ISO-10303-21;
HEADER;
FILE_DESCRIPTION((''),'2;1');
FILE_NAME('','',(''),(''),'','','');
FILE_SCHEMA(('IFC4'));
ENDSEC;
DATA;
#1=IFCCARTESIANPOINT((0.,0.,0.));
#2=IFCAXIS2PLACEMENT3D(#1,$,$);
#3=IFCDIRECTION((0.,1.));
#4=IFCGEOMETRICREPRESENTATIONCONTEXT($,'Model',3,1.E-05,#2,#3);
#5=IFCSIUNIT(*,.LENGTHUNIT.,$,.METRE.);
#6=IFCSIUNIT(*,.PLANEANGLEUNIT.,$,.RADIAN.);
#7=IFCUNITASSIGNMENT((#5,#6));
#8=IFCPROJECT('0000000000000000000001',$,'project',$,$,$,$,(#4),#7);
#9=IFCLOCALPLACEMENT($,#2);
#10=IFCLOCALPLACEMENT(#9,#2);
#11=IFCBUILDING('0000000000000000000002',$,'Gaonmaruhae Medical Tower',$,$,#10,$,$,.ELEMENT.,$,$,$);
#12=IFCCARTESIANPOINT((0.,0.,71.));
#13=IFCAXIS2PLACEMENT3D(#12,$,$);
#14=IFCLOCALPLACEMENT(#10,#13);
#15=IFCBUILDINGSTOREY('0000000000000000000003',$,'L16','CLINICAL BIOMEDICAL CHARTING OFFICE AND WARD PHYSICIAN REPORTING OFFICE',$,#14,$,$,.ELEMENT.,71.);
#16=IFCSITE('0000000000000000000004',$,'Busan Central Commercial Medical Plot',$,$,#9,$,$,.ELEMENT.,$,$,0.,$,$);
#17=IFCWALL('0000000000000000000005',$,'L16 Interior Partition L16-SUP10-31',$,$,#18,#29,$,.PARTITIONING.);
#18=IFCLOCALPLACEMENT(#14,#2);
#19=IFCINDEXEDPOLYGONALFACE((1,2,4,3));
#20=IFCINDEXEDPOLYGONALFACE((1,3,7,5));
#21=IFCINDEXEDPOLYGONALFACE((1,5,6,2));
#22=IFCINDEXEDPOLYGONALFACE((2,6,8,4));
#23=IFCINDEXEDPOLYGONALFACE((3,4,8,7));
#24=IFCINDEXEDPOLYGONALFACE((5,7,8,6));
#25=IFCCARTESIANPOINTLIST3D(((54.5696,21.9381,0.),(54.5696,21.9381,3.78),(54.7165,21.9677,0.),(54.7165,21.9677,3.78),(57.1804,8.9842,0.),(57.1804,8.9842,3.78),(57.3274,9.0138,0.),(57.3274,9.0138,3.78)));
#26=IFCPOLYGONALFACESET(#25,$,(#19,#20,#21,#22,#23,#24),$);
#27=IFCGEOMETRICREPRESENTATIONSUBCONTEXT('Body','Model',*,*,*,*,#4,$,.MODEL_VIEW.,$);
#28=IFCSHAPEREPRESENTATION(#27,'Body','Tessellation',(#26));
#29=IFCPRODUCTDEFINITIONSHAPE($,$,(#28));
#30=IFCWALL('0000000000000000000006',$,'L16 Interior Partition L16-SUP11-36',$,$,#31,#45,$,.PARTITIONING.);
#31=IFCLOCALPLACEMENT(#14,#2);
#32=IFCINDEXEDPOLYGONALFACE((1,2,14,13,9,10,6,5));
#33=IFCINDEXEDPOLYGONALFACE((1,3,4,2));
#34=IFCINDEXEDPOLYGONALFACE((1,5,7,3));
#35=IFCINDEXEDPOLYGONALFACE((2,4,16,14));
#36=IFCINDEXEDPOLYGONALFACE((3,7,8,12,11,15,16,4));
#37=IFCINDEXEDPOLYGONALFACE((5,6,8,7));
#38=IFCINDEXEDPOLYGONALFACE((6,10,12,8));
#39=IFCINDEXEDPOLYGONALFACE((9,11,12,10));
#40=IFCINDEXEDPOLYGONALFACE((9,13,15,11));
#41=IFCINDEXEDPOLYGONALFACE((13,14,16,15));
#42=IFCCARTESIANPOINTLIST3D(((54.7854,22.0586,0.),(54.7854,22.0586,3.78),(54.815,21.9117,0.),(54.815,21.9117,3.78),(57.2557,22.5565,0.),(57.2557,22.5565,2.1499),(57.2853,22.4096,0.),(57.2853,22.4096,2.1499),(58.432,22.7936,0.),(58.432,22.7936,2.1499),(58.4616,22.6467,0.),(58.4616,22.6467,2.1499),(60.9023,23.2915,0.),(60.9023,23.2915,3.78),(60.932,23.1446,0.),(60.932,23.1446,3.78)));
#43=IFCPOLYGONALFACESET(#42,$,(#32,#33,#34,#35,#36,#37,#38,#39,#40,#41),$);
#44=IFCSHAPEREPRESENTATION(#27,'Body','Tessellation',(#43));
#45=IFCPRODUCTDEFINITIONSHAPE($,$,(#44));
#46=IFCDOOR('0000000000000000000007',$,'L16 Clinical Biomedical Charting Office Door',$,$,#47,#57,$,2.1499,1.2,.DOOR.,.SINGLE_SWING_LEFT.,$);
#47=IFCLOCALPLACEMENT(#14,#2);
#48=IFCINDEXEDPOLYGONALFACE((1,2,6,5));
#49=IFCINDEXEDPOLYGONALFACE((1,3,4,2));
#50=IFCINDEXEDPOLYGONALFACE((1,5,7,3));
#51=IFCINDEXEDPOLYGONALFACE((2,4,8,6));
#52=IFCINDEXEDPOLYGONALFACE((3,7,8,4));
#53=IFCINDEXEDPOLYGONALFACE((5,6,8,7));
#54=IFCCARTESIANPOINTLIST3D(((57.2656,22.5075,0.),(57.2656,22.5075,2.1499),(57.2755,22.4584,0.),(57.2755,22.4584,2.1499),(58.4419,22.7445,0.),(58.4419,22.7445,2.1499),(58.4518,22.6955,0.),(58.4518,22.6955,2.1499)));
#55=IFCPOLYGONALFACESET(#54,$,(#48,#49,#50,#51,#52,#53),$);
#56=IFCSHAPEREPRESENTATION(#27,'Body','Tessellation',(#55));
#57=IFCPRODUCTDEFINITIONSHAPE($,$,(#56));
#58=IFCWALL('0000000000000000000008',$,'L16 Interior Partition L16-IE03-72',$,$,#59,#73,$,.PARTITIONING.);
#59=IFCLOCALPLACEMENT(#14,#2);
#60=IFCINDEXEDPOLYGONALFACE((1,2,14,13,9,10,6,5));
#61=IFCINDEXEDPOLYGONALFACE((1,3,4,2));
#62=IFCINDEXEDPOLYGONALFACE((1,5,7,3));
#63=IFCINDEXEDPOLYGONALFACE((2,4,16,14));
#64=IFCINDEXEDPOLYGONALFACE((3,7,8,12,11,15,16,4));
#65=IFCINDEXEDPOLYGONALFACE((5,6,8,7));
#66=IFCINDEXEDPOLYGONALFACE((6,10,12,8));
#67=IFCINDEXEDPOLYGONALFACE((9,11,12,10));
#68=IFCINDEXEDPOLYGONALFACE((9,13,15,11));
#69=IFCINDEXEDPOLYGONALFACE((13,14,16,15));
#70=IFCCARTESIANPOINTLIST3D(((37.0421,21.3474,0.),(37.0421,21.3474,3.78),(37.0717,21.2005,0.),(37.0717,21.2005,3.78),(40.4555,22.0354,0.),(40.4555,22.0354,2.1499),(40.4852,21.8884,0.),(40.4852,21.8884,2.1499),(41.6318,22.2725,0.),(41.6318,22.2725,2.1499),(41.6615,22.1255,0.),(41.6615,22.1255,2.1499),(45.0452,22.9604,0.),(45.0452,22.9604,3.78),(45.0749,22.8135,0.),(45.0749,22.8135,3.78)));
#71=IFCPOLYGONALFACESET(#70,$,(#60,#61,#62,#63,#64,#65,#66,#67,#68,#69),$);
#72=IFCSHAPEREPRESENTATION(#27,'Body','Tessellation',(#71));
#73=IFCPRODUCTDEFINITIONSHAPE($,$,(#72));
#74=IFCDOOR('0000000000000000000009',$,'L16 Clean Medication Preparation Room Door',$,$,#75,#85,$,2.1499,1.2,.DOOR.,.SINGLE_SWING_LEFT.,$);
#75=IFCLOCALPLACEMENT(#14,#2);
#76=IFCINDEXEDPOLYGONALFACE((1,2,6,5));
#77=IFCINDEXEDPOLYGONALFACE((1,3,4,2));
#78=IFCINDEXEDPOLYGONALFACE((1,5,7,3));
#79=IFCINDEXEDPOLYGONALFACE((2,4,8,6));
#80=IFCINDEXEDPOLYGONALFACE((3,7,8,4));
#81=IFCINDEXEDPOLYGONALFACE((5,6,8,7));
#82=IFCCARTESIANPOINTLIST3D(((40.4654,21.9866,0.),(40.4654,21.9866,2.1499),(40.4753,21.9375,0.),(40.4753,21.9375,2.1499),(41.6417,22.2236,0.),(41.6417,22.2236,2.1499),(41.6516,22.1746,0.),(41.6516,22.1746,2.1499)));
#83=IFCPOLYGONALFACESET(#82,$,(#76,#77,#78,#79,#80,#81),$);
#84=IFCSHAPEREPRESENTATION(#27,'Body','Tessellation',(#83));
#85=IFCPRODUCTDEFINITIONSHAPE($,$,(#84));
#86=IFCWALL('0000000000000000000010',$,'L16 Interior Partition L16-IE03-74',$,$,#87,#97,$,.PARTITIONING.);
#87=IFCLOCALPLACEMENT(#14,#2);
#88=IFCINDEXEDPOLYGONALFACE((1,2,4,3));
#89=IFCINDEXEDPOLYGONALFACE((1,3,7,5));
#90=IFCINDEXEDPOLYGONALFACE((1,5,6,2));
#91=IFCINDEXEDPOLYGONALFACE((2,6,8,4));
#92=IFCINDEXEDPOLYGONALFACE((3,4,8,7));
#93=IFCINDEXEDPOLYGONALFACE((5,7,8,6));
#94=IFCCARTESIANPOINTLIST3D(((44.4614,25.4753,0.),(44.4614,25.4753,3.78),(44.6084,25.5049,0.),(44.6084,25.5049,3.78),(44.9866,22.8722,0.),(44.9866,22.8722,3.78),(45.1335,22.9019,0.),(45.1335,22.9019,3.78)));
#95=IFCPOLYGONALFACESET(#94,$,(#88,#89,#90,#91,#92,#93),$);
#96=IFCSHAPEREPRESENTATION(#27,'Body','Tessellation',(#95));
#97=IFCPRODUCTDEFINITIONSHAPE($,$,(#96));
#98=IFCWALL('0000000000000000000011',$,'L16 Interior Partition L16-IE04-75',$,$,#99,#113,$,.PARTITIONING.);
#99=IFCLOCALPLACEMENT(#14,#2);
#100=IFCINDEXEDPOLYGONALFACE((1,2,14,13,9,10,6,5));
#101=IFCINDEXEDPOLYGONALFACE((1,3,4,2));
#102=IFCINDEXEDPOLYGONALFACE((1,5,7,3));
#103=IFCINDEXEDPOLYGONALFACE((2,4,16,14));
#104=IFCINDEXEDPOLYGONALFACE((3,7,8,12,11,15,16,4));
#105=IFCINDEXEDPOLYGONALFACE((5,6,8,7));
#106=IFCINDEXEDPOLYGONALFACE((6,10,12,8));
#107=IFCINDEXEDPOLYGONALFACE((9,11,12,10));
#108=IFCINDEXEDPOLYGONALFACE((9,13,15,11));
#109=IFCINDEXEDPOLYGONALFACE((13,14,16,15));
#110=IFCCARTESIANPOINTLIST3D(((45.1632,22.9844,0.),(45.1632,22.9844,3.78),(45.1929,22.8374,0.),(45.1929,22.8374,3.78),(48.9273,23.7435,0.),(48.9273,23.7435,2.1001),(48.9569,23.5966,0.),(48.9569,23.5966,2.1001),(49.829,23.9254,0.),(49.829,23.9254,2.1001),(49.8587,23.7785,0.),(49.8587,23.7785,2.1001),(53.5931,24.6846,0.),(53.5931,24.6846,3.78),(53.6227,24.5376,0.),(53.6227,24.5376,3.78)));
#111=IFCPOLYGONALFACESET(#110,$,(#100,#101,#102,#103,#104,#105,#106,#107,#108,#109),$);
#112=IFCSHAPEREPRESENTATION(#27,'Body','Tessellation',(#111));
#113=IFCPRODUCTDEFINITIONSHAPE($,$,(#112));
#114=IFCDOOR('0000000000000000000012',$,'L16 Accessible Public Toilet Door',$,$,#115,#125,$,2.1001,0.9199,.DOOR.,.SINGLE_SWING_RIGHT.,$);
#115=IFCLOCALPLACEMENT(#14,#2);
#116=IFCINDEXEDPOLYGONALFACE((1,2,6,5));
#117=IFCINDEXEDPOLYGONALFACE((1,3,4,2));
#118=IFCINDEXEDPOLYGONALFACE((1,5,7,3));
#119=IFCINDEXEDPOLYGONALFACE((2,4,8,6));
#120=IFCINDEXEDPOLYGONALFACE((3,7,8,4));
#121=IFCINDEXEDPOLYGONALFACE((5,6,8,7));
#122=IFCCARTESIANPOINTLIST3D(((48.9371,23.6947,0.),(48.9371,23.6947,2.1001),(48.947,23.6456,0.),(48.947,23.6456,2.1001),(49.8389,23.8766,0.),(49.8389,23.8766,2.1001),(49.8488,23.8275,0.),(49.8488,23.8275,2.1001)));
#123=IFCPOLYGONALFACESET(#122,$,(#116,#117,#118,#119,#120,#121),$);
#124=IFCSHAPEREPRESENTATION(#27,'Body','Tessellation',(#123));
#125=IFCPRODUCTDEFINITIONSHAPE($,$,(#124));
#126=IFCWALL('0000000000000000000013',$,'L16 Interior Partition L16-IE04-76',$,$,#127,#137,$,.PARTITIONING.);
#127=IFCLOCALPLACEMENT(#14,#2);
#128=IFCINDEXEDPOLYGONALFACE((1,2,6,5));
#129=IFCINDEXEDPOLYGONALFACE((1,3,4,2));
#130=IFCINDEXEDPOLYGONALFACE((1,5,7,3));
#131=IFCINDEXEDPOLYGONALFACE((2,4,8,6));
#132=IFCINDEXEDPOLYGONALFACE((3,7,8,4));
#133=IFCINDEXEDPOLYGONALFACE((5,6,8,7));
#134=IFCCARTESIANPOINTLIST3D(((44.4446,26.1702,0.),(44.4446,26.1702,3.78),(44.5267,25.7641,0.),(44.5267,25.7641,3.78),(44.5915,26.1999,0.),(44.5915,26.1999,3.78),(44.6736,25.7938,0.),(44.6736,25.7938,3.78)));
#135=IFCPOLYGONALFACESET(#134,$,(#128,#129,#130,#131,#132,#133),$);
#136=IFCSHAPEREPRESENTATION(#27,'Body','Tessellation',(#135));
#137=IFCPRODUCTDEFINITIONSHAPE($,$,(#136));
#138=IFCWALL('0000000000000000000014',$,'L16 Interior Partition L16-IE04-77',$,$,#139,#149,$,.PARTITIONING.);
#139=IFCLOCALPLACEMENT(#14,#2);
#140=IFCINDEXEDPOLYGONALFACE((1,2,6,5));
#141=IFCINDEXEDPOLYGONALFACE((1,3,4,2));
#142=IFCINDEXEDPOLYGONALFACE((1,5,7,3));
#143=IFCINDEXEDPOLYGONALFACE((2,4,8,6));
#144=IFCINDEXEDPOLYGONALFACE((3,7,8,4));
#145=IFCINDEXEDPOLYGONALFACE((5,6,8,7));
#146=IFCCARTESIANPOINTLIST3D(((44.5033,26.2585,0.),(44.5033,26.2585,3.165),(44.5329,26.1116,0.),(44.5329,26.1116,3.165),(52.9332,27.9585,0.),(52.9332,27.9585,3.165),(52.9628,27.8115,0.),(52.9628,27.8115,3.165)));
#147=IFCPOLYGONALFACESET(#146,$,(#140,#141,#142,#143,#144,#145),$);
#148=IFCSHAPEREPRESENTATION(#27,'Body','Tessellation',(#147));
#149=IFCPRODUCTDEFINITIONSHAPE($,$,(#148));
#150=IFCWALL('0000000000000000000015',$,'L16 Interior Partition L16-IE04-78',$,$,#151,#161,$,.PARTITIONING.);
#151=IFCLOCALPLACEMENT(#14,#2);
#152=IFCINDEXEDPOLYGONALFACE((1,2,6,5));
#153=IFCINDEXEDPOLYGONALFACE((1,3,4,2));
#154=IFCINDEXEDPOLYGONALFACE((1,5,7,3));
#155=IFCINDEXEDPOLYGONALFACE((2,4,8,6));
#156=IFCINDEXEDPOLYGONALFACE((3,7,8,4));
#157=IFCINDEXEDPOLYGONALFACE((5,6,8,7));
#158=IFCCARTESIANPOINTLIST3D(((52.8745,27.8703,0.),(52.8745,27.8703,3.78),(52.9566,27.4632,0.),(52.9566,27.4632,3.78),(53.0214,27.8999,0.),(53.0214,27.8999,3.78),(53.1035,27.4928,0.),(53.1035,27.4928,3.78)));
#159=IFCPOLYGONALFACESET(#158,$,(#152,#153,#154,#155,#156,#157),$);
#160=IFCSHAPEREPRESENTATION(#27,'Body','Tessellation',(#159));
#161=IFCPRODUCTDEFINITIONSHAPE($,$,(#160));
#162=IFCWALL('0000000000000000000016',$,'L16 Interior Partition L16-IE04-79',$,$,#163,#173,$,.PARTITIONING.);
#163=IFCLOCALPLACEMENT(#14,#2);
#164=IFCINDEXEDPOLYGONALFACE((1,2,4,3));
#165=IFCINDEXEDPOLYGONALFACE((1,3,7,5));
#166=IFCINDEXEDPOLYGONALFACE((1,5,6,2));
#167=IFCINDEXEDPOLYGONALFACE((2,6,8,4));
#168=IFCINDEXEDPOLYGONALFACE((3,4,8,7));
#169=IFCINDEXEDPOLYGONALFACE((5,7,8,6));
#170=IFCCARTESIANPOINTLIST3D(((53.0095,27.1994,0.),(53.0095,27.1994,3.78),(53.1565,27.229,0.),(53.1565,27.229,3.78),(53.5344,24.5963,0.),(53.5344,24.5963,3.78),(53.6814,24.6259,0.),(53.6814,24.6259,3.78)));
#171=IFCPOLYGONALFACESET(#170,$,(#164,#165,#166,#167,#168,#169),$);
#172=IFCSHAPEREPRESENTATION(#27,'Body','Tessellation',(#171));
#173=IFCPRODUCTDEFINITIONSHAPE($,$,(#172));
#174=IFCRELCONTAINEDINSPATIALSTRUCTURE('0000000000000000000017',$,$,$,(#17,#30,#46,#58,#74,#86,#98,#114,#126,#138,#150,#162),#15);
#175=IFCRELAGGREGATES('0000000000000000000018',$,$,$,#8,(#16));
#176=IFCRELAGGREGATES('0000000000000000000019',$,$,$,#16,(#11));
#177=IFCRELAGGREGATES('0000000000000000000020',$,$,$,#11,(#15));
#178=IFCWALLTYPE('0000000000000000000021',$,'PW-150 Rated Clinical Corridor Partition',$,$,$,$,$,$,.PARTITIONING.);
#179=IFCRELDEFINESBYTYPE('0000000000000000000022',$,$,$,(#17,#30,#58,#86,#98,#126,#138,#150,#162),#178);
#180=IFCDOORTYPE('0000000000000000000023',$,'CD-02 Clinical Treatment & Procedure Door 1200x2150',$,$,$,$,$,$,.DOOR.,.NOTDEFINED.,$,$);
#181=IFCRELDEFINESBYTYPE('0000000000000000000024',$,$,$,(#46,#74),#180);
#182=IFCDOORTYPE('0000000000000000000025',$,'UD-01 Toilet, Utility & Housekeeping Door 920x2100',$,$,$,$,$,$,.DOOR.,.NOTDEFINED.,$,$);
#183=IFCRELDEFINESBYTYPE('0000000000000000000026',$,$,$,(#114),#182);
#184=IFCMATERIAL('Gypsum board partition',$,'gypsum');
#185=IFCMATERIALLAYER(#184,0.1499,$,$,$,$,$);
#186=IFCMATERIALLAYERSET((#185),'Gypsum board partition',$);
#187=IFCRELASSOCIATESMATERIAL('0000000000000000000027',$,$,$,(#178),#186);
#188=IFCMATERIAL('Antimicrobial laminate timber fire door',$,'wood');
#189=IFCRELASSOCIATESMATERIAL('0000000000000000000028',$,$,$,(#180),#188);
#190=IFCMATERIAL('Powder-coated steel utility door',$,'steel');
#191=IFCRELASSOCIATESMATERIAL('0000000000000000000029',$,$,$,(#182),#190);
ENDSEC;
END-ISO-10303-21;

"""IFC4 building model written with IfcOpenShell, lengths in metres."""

from ifc_helpers import new_model, si_unit, direction, frame, frame_2d, origin, place, context, subcontext, project, spatial, rectangle, extrude, material, layer, layer_set, type_object, element, fill, save


model = new_model("IFC4")

# Units and contexts
model_context = context("Model", 3, precision=1e-05, world=origin(), true_north=direction((0.0, 1.0)))
body_context = subcontext(model_context, "Body", "Model", "MODEL_VIEW")
ifc_project = project(units=[si_unit("LENGTHUNIT", "METRE"), si_unit("PLANEANGLEUNIT", "RADIAN")], contexts=[model_context])

# Site, building, storey
site_placement = place(None, origin())
site = spatial("IfcSite", under=ifc_project, at=site_placement, Name="Busan Central Commercial Medical Plot", CompositionType="ELEMENT", RefElevation=0.0)
building_placement = place(site_placement, origin())
building = spatial("IfcBuilding", under=site, at=building_placement, Name="Gaonmaruhae Medical Tower", CompositionType="ELEMENT")
storey_placement = place(building_placement, frame((0.0, 0.0, 71.0)))
storey = spatial("IfcBuildingStorey", under=building, at=storey_placement, Name="L16", Description="CLINICAL BIOMEDICAL CHARTING OFFICE AND WARD PHYSICIAN REPORTING OFFICE", CompositionType="ELEMENT", Elevation=71.0)

# Shared definitions
ifc_material_1 = material(Name="Gypsum board partition", Category="gypsum")
ifc_layer_1 = layer(ifc_material_1, 0.1499)
ifc_layer_set_1 = layer_set([ifc_layer_1], Name="Gypsum board partition")
wall_type_1 = type_object("IfcWallType", Name="PW-150 Rated Clinical Corridor Partition", PredefinedType="PARTITIONING", material=ifc_layer_set_1)

# Shared definitions
ifc_material_2 = material(Name="Antimicrobial laminate timber fire door", Category="wood")
door_type_1 = type_object("IfcDoorType", Name="CD-02 Clinical Treatment & Procedure Door 1200x2150", OperationType="NOTDEFINED", PredefinedType="DOOR", material=ifc_material_2)

# Wall
for number, where, z_axis, x_axis, name in (
    (1, (54.6431, 21.9529, 0.0), (0.0, 0.0, 1.0), (0.197576, -0.980288, 0.0), "L16 Interior Partition L16-SUP10-31"),
):
    element("IfcWall", number, at=place(storey_placement, frame(where, z_axis=z_axis, x_axis=x_axis)), inside=storey, type_object=wall_type_1, Name=name, PredefinedType="PARTITIONING", context=body_context, shape_type="SweptSolid", body=[
        extrude(rectangle(XDim=13.2144, YDim=0.1499, at=frame_2d((6.6072, 0.0))), origin(), (0.0, 0.0, 1.0), 3.78),
    ])

# Walls, openings, doors
wall_1_placement = place(storey_placement, frame((54.8, 21.9851, 0.0), z_axis=(0.0, 0.0, 1.0), x_axis=(0.980286, 0.197583, 0.0)))
wall_1 = element("IfcWall", 2, at=wall_1_placement, inside=storey, type_object=wall_type_1, Name="L16 Interior Partition L16-SUP11-36", PredefinedType="PARTITIONING", context=body_context, shape_type="SweptSolid", body=[
    extrude(rectangle(XDim=6.24, YDim=0.1499, at=frame_2d((3.1201, 0.0))), origin(), (0.0, 0.0, 1.0), 3.78),
])
opening_1_placement = place(wall_1_placement, frame((2.52, 0.0, 0.0)))
opening_1 = element("IfcOpeningElement", 3, at=opening_1_placement, cuts=wall_1, PredefinedType="OPENING", context=body_context, shape_type="SweptSolid", body=[
    extrude(rectangle(XDim=1.2, YDim=2.1499, at=frame_2d((0.6001, 1.075))), frame((0.0, 0.085, 0.0), z_axis=(0.0, -1.0, 0.0), x_axis=(1.0, 0.0, 0.0)), (0.0, 0.0, 1.0), 0.1699),
])
door_1_placement = place(opening_1_placement, origin())
door_1 = element("IfcDoor", 4, at=door_1_placement, inside=storey, type_object=door_type_1, Name="L16 Clinical Biomedical Charting Office Door", OperationType="SINGLE_SWING_LEFT", OverallHeight=2.1499, OverallWidth=1.2, PredefinedType="DOOR", context=body_context, shape_type="SweptSolid", body=[
    extrude(rectangle(XDim=1.2, YDim=2.1499, at=frame_2d((0.6001, 1.075))), frame((0.0, 0.0249, 0.0), z_axis=(0.0, -1.0, 0.0), x_axis=(1.0, 0.0, 0.0)), (0.0, 0.0, 1.0), 0.05),
])
fill(opening_1, door_1)
wall_2_placement = place(storey_placement, frame((45.0601, 22.887, 0.0), z_axis=(0.0, 0.0, 1.0), x_axis=(-0.980287, -0.197577, 0.0)))
wall_2 = element("IfcWall", 5, at=wall_2_placement, inside=storey, type_object=wall_type_1, Name="L16 Interior Partition L16-IE03-72", PredefinedType="PARTITIONING", context=body_context, shape_type="SweptSolid", body=[
    extrude(rectangle(XDim=8.1641, YDim=0.1499, at=frame_2d((4.082, 0.0))), origin(), (0.0, 0.0, 1.0), 3.78),
])
opening_2_placement = place(wall_2_placement, frame((3.4819, 0.0, 0.0)))
opening_2 = element("IfcOpeningElement", 6, at=opening_2_placement, cuts=wall_2, PredefinedType="OPENING", context=body_context, shape_type="SweptSolid", body=[
    extrude(rectangle(XDim=1.2, YDim=2.1499, at=frame_2d((0.6001, 1.075))), frame((0.0, 0.085, 0.0), z_axis=(0.0, -1.0, 0.0), x_axis=(1.0, 0.0, 0.0)), (0.0, 0.0, 1.0), 0.1699),
])
door_2_placement = place(opening_2_placement, origin())
door_2 = element("IfcDoor", 7, at=door_2_placement, inside=storey, type_object=door_type_1, Name="L16 Clean Medication Preparation Room Door", OperationType="SINGLE_SWING_LEFT", OverallHeight=2.1499, OverallWidth=1.2, PredefinedType="DOOR", context=body_context, shape_type="SweptSolid", body=[
    extrude(rectangle(XDim=1.2, YDim=2.1499, at=frame_2d((0.6001, 1.075))), frame((0.0, 0.0249, 0.0), z_axis=(0.0, -1.0, 0.0), x_axis=(1.0, 0.0, 0.0)), (0.0, 0.0, 1.0), 0.05),
])
fill(opening_2, door_2)

# Wall
wall_3_placement = place(storey_placement, frame((44.5349, 25.49, 0.0), z_axis=(0.0, 0.0, 1.0), x_axis=(0.19776, -0.98025, 0.0)))
element("IfcWall", 8, at=wall_3_placement, inside=storey, type_object=wall_type_1, Name="L16 Interior Partition L16-IE03-74", PredefinedType="PARTITIONING", context=body_context, shape_type="SweptSolid", body=[
    extrude(rectangle(XDim=2.6555, YDim=0.1499, at=frame_2d((1.3276, 0.0))), origin(), (0.0, 0.0, 1.0), 3.78),
])

# Wall, opening, door
wall_4_placement = place(storey_placement, frame((53.6079, 24.6111, 0.0), z_axis=(0.0, 0.0, 1.0), x_axis=(-0.980262, -0.197705, 0.0)))
wall_4 = element("IfcWall", 9, at=wall_4_placement, inside=storey, type_object=wall_type_1, Name="L16 Interior Partition L16-IE04-75", PredefinedType="PARTITIONING", context=body_context, shape_type="SweptSolid", body=[
    extrude(rectangle(XDim=8.5996, YDim=0.1499, at=frame_2d((4.2998, 0.0))), origin(), (0.0, 0.0, 1.0), 3.78),
])
opening_3_placement = place(wall_4_placement, frame((3.8398, 0.0, 0.0)))
opening_3 = element("IfcOpeningElement", 10, at=opening_3_placement, cuts=wall_4, PredefinedType="OPENING", context=body_context, shape_type="SweptSolid", body=[
    extrude(rectangle(XDim=0.9199, YDim=2.1001, at=frame_2d((0.46, 1.05))), frame((0.0, 0.085, 0.0), z_axis=(0.0, -1.0, 0.0), x_axis=(1.0, 0.0, 0.0)), (0.0, 0.0, 1.0), 0.1699),
])
ifc_material_3 = material(Name="Powder-coated steel utility door", Category="steel")
door_type_2 = type_object("IfcDoorType", Name="UD-01 Toilet, Utility & Housekeeping Door 920x2100", OperationType="NOTDEFINED", PredefinedType="DOOR", material=ifc_material_3)
door_3_placement = place(opening_3_placement, origin())
door_3 = element("IfcDoor", 11, at=door_3_placement, inside=storey, type_object=door_type_2, Name="L16 Accessible Public Toilet Door", OperationType="SINGLE_SWING_RIGHT", OverallHeight=2.1001, OverallWidth=0.9199, PredefinedType="DOOR", context=body_context, shape_type="SweptSolid", body=[
    extrude(rectangle(XDim=0.9199, YDim=2.1001, at=frame_2d((0.46, 1.05))), frame((0.0, 0.0249, 0.0), z_axis=(0.0, -1.0, 0.0), x_axis=(1.0, 0.0, 0.0)), (0.0, 0.0, 1.0), 0.05),
])
fill(opening_3, door_3)

# Walls
wall_5_placement = place(storey_placement, frame((44.6001, 25.7791, 0.0), z_axis=(0.0, 0.0, 1.0), x_axis=(-0.198043, 0.980193, 0.0)))
element("IfcWall", 12, at=wall_5_placement, inside=storey, type_object=wall_type_1, Name="L16 Interior Partition L16-IE04-76", PredefinedType="PARTITIONING", context=body_context, shape_type="SweptSolid", body=[
    extrude(rectangle(XDim=0.4143, YDim=0.1499, at=frame_2d((0.207, 0.0))), origin(), (0.0, 0.0, 1.0), 3.78),
])
wall_6_placement = place(storey_placement, frame((44.5181, 26.1851, 0.0), z_axis=(0.0, 0.0, 1.0), x_axis=(0.980267, 0.197677, 0.0)))
element("IfcWall", 13, at=wall_6_placement, inside=storey, type_object=wall_type_1, Name="L16 Interior Partition L16-IE04-77", PredefinedType="PARTITIONING", context=body_context, shape_type="SweptSolid", body=[
    extrude(rectangle(XDim=8.5996, YDim=0.1499, at=frame_2d((4.2998, 0.0))), origin(), (0.0, 0.0, 1.0), 3.165),
])
wall_7_placement = place(storey_placement, frame((52.948, 27.885, 0.0), z_axis=(0.0, 0.0, 1.0), x_axis=(0.197586, -0.980286, 0.0)))
element("IfcWall", 14, at=wall_7_placement, inside=storey, type_object=wall_type_1, Name="L16 Interior Partition L16-IE04-78", PredefinedType="PARTITIONING", context=body_context, shape_type="SweptSolid", body=[
    extrude(rectangle(XDim=0.4153, YDim=0.1499, at=frame_2d((0.2075, 0.0))), origin(), (0.0, 0.0, 1.0), 3.78),
])
wall_8_placement = place(storey_placement, frame((53.083, 27.2141, 0.0), z_axis=(0.0, 0.0, 1.0), x_axis=(0.197672, -0.980268, 0.0)))
element("IfcWall", 15, at=wall_8_placement, inside=storey, type_object=wall_type_1, Name="L16 Interior Partition L16-IE04-79", PredefinedType="PARTITIONING", context=body_context, shape_type="SweptSolid", body=[
    extrude(rectangle(XDim=2.6555, YDim=0.1499, at=frame_2d((1.3276, 0.0))), origin(), (0.0, 0.0, 1.0), 3.78),
])

save(model, "model.ifc")
